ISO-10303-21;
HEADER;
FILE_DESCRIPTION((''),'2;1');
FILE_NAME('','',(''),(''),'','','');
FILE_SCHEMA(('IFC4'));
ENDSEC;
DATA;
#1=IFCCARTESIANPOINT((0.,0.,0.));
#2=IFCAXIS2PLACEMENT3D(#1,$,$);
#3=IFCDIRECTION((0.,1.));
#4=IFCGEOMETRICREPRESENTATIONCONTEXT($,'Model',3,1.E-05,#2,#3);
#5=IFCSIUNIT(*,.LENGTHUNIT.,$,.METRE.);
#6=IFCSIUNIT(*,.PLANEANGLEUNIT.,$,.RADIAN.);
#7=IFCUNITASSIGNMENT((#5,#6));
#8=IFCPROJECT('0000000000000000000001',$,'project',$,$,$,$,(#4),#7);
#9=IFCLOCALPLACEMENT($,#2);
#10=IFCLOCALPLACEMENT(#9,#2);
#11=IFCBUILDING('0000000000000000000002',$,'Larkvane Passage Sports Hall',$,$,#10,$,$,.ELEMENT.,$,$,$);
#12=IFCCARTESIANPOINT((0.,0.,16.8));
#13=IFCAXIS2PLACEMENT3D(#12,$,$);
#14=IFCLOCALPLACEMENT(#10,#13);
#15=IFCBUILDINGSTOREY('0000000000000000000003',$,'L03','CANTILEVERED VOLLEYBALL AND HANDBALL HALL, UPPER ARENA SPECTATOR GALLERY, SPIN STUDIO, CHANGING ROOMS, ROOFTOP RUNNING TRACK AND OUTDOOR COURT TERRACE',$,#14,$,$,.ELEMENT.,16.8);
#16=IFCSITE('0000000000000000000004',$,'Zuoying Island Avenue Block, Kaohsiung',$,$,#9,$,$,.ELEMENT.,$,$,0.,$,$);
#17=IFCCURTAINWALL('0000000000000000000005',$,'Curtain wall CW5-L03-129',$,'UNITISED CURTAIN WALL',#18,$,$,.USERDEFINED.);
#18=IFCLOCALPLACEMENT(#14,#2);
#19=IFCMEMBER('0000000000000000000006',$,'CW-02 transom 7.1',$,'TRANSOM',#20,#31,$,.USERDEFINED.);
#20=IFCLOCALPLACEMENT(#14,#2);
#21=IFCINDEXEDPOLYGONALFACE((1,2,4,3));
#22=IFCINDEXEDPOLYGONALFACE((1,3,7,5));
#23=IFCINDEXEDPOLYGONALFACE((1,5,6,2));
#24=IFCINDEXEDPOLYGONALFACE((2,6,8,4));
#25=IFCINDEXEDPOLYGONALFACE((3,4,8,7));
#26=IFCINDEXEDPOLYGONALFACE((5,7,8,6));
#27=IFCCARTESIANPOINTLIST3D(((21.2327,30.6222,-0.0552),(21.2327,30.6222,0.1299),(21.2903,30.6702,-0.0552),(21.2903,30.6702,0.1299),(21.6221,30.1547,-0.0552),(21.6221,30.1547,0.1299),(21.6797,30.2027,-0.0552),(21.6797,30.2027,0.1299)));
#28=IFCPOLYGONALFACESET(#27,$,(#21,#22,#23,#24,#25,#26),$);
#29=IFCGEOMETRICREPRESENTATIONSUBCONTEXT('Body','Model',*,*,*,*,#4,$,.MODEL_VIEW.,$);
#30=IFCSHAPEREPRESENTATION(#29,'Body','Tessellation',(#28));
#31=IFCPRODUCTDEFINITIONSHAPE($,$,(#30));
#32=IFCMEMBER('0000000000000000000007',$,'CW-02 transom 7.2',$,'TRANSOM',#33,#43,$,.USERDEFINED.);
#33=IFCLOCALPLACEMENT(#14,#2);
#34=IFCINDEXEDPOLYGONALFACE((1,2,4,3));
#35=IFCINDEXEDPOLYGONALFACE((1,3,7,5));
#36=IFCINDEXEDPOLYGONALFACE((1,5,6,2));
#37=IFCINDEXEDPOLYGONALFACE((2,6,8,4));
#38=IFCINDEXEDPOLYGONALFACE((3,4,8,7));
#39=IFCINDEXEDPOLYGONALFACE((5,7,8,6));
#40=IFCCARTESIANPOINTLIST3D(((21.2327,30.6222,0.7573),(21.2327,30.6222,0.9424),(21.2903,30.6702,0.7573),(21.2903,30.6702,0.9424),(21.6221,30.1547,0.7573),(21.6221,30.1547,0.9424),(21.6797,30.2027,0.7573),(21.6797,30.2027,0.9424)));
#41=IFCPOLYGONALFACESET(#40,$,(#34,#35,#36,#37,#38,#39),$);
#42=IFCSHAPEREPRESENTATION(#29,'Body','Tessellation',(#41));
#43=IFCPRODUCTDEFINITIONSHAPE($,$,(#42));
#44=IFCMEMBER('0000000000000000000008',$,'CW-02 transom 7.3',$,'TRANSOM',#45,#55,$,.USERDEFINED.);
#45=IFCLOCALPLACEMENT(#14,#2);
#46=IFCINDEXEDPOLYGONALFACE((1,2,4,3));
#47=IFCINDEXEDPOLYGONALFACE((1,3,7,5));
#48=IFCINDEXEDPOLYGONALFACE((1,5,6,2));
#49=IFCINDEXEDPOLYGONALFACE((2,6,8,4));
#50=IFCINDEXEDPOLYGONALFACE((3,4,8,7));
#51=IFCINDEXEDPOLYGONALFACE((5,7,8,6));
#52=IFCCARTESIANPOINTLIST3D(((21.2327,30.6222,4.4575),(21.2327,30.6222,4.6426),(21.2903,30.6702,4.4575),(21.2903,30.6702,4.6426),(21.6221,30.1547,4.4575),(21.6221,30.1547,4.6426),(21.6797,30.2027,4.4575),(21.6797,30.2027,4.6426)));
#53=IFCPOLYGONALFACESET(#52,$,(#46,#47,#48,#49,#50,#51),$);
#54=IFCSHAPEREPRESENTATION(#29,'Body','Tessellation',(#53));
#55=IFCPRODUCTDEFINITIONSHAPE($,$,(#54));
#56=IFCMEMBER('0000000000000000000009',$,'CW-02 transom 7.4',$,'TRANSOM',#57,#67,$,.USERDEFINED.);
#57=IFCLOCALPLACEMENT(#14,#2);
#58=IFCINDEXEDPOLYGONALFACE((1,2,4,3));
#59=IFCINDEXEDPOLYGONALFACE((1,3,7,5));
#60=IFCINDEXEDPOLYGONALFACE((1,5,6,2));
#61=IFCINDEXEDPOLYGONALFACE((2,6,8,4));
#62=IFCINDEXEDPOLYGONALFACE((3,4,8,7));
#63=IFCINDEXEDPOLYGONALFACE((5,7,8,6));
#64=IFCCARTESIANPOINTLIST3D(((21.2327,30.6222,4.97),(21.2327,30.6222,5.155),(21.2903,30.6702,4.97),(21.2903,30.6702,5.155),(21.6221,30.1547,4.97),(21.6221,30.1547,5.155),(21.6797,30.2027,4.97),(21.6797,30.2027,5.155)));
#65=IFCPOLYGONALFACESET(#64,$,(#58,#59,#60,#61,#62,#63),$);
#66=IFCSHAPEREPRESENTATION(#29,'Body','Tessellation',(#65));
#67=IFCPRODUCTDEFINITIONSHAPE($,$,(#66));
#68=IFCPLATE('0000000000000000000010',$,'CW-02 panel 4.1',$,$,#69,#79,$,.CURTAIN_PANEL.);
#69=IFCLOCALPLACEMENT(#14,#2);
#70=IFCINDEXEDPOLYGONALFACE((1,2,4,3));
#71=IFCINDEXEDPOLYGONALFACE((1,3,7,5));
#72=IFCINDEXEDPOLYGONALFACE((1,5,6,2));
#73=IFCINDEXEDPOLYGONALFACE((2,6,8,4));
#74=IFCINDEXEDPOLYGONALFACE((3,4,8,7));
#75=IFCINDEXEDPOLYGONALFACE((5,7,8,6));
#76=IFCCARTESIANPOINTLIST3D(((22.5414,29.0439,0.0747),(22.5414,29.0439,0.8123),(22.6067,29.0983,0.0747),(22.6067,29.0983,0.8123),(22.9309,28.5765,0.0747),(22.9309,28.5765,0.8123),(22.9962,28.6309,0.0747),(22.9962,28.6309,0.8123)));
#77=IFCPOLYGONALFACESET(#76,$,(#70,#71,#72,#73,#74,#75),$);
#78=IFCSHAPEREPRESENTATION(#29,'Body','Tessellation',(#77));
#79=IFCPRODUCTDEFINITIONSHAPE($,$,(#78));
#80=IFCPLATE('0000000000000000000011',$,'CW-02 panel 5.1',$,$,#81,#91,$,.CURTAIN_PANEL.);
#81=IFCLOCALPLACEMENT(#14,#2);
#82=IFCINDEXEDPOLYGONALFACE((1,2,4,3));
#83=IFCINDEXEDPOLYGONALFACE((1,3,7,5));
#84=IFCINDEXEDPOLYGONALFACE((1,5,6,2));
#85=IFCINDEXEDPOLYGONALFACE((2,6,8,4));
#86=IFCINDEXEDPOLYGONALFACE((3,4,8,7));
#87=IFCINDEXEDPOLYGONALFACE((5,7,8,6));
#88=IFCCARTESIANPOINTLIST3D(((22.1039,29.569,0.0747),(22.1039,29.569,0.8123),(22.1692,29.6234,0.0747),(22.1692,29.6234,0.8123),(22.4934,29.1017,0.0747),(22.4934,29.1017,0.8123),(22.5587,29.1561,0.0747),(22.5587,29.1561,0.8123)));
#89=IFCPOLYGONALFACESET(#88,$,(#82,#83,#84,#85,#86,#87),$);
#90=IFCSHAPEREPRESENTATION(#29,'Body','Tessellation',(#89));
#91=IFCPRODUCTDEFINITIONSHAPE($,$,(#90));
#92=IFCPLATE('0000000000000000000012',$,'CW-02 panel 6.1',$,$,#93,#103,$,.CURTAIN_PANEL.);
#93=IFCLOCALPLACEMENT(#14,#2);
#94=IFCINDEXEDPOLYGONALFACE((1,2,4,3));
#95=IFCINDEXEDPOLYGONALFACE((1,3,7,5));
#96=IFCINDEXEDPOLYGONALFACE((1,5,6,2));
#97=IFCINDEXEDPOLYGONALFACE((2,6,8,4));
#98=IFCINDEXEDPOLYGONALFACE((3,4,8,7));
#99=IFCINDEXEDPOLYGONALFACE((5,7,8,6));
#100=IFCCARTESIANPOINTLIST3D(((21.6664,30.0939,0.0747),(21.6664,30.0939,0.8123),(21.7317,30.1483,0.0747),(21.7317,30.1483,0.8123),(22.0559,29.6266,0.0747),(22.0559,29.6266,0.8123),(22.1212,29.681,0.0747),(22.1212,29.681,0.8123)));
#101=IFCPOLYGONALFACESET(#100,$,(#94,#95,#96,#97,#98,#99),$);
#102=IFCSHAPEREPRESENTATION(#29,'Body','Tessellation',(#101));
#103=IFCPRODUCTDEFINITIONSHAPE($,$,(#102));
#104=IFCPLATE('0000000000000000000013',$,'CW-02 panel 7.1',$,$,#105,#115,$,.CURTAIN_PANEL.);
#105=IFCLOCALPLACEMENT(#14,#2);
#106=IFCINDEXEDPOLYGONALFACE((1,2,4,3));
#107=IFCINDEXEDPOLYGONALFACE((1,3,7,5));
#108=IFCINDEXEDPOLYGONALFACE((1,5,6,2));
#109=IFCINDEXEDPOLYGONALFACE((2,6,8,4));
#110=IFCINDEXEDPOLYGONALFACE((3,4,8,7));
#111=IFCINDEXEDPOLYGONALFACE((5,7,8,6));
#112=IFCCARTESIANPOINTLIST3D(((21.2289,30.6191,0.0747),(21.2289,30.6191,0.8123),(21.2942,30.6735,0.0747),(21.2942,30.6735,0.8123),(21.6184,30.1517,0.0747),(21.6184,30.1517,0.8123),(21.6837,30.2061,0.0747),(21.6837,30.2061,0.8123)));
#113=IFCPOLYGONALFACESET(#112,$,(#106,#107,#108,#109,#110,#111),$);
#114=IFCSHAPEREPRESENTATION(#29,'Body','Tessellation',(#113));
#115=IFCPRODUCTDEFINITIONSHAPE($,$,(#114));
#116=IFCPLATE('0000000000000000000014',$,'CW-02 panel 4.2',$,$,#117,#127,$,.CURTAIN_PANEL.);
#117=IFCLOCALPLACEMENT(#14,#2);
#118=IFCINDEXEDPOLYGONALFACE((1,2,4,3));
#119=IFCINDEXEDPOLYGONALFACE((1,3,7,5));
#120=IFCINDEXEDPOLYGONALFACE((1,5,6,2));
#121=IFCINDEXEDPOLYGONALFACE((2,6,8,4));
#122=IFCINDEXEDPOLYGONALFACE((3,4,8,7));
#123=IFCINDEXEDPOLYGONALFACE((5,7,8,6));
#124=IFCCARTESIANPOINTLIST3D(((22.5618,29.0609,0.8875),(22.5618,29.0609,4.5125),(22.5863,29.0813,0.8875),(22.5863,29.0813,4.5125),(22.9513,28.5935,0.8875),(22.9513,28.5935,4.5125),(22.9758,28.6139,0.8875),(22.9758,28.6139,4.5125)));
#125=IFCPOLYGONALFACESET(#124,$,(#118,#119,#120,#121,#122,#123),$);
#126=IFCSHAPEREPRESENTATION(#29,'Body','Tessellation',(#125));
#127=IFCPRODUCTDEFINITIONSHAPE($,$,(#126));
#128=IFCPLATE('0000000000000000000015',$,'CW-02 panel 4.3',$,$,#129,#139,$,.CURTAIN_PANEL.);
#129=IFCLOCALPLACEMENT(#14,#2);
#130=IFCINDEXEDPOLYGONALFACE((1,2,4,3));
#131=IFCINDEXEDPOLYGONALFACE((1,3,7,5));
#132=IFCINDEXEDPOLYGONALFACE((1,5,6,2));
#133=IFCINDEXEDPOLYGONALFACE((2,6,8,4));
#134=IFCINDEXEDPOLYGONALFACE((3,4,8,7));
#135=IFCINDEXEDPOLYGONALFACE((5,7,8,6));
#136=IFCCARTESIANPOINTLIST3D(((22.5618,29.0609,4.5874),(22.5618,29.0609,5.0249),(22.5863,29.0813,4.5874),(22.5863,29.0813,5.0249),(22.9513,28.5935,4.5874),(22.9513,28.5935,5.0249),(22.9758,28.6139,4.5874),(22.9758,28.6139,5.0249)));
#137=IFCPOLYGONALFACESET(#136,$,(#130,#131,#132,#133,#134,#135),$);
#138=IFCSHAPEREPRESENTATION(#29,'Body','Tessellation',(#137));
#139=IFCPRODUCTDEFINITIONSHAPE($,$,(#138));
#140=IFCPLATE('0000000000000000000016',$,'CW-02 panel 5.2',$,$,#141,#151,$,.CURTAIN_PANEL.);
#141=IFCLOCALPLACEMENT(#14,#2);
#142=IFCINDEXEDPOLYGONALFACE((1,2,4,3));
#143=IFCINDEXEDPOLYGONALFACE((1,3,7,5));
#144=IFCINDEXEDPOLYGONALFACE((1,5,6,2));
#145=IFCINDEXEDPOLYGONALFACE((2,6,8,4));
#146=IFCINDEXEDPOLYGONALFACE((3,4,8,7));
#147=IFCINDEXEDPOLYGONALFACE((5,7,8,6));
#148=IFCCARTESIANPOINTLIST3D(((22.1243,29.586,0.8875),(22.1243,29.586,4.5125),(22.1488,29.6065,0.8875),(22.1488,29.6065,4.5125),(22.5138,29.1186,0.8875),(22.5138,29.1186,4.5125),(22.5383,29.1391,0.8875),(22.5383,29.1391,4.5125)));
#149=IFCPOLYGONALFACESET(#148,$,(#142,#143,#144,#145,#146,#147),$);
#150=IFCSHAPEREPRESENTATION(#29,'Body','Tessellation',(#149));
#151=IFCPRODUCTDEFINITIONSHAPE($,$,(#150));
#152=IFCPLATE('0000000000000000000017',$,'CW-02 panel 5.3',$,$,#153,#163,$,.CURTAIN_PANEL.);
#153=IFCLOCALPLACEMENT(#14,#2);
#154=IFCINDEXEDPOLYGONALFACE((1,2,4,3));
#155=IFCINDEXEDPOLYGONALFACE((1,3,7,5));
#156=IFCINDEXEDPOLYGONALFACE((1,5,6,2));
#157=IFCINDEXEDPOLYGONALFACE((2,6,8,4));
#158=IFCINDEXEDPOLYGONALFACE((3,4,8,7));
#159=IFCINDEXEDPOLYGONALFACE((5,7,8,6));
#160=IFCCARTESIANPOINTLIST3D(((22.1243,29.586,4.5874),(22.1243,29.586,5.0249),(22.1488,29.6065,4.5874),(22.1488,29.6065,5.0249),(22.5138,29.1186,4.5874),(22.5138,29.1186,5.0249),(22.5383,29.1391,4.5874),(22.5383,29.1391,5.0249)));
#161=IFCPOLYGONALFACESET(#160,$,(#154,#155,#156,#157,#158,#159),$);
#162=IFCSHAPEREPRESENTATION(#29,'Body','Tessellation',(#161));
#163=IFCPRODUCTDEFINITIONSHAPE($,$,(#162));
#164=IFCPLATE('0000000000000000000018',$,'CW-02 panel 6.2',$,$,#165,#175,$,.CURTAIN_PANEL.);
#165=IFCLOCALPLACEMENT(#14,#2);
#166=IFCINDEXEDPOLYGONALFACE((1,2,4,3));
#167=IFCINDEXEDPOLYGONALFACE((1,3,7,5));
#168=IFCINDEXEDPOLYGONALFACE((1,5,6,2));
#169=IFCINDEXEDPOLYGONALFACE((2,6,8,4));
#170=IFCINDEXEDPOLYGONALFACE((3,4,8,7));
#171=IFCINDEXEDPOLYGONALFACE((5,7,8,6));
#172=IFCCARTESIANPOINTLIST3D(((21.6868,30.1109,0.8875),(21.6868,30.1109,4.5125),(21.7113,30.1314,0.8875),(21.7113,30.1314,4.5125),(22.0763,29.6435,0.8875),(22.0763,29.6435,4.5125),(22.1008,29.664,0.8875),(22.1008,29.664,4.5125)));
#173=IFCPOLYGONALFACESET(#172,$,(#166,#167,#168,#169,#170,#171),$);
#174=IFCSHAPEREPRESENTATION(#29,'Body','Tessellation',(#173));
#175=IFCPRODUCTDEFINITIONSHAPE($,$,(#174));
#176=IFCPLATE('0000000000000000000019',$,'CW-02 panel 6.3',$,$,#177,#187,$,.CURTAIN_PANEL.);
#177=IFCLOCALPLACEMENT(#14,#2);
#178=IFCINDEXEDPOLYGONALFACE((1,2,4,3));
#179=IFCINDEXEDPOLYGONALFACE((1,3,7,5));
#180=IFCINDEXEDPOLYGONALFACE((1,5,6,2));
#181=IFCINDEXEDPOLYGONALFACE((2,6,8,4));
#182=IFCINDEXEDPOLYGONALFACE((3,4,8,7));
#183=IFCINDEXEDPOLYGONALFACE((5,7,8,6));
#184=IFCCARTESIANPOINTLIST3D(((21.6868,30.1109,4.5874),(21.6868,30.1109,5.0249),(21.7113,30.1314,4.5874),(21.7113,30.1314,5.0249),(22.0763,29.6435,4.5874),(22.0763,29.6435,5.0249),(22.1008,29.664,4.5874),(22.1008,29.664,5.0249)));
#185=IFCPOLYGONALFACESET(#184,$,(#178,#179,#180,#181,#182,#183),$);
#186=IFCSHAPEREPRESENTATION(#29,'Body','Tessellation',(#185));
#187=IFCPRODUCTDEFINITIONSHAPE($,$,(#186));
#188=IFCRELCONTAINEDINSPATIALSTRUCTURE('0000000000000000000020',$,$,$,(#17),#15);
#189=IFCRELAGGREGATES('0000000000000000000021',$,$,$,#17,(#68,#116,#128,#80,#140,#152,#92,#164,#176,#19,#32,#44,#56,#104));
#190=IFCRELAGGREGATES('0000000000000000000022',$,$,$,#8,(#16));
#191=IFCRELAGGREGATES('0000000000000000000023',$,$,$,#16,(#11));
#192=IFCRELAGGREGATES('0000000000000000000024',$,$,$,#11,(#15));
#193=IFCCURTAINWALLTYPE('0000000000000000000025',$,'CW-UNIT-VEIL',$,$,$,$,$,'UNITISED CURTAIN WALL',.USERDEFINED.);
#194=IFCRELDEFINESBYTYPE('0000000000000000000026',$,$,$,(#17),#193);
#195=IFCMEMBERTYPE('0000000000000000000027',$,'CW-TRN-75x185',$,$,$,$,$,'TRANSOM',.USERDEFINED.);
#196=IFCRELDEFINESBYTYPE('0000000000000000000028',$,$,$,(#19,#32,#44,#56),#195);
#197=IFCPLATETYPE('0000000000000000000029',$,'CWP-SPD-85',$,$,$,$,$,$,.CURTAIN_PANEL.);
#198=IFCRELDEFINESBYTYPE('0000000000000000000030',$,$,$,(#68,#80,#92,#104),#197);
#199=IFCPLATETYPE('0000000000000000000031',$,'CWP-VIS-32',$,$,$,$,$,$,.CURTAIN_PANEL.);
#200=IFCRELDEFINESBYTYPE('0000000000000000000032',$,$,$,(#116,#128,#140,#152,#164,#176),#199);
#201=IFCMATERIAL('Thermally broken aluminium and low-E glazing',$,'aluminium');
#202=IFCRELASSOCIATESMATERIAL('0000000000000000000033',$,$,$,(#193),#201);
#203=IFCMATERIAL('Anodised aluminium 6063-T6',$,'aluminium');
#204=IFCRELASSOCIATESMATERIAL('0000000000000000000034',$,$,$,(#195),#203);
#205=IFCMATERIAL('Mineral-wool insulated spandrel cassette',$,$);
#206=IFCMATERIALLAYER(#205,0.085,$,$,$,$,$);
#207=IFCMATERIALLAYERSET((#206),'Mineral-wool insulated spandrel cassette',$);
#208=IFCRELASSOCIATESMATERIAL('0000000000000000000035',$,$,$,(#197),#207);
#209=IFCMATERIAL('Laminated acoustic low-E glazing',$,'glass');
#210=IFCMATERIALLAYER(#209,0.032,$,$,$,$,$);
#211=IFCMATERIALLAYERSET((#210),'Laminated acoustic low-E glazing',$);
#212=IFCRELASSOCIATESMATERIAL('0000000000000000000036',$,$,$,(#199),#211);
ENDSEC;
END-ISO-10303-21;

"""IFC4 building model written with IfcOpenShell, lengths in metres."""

from ifc_helpers import new_model, si_unit, direction, frame, origin, origin_2d, place, context, subcontext, project, spatial, rectangle, extrude, material, layer, layer_set, material_profile, profile_set, type_object, element, aggregate, save


model = new_model("IFC4")

# Units and contexts
model_context = context("Model", 3, precision=1e-05, world=origin(), true_north=direction((0.0, 1.0)))
body_context = subcontext(model_context, "Body", "Model", "MODEL_VIEW")
ifc_project = project(units=[si_unit("LENGTHUNIT", "METRE"), si_unit("PLANEANGLEUNIT", "RADIAN")], contexts=[model_context])

# Site, building, storey
site_placement = place(None, origin())
site = spatial("IfcSite", under=ifc_project, at=site_placement, Name="Zuoying Island Avenue Block, Kaohsiung", CompositionType="ELEMENT", RefElevation=0.0)
building_placement = place(site_placement, origin())
building = spatial("IfcBuilding", under=site, at=building_placement, Name="Larkvane Passage Sports Hall", CompositionType="ELEMENT")
storey_placement = place(building_placement, frame((0.0, 0.0, 16.8)))
storey = spatial("IfcBuildingStorey", under=building, at=storey_placement, Name="L03", Description="CANTILEVERED VOLLEYBALL AND HANDBALL HALL, UPPER ARENA SPECTATOR GALLERY, SPIN STUDIO, CHANGING ROOMS, ROOFTOP RUNNING TRACK AND OUTDOOR COURT TERRACE", CompositionType="ELEMENT", Elevation=16.8)

# Curtain wall, members, plates
ifc_material_1 = material(Name="Thermally broken aluminium and low-E glazing", Category="aluminium")
curtain_wall_type = type_object("IfcCurtainWallType", Name="CW-UNIT-VEIL", ElementType="UNITISED CURTAIN WALL", PredefinedType="USERDEFINED", material=ifc_material_1)
curtain_wall_placement = place(storey_placement, origin())
curtain_wall = element("IfcCurtainWall", 1, at=curtain_wall_placement, inside=storey, type_object=curtain_wall_type, Name="Curtain wall CW5-L03-129", ObjectType="UNITISED CURTAIN WALL", PredefinedType="USERDEFINED")
ifc_material_2 = material(Name="Anodised aluminium 6063-T6", Category="aluminium")
ifc_material_profile_1 = material_profile(ifc_material_2, rectangle(XDim=0.075, YDim=0.1851, at=origin_2d()), Name="ALU-TRN-75x185")
ifc_profile_set_1 = profile_set([ifc_material_profile_1], Name="Anodised aluminium 6063-T6")
member_type_1 = type_object("IfcMemberType", Name="CW-TRN-75x185", ElementType="TRANSOM", PredefinedType="USERDEFINED", material=ifc_profile_set_1)
member_1_placement = place(storey_placement, frame((21.6509, 30.1787, 0.0374), z_axis=(-0.639987, 0.768386, 0.0), x_axis=(-0.768386, -0.639987, 0.0)))
member_1 = element("IfcMember", 2, at=member_1_placement, type_object=member_type_1, Name="CW-02 transom 7.1", ObjectType="TRANSOM", PredefinedType="USERDEFINED", context=body_context, shape_type="SweptSolid", body=[
    extrude(rectangle(XDim=0.075, YDim=0.1851, at=origin_2d()), origin(), (0.0, 0.0, 1.0), 0.6084),
])
member_2_placement = place(storey_placement, frame((21.6509, 30.1787, 0.8499), z_axis=(-0.639987, 0.768386, 0.0), x_axis=(-0.768386, -0.639987, 0.0)))
member_2 = element("IfcMember", 3, at=member_2_placement, type_object=member_type_1, Name="CW-02 transom 7.2", ObjectType="TRANSOM", PredefinedType="USERDEFINED", context=body_context, shape_type="SweptSolid", body=[
    extrude(rectangle(XDim=0.075, YDim=0.1851, at=origin_2d()), origin(), (0.0, 0.0, 1.0), 0.6084),
])
member_3_placement = place(storey_placement, frame((21.6509, 30.1787, 4.55), z_axis=(-0.639987, 0.768386, 0.0), x_axis=(-0.768386, -0.639987, 0.0)))
member_3 = element("IfcMember", 4, at=member_3_placement, type_object=member_type_1, Name="CW-02 transom 7.3", ObjectType="TRANSOM", PredefinedType="USERDEFINED", context=body_context, shape_type="SweptSolid", body=[
    extrude(rectangle(XDim=0.075, YDim=0.1851, at=origin_2d()), origin(), (0.0, 0.0, 1.0), 0.6084),
])
member_4_placement = place(storey_placement, frame((21.6509, 30.1787, 5.0625), z_axis=(-0.639987, 0.768386, 0.0), x_axis=(-0.768386, -0.639987, 0.0)))
member_4 = element("IfcMember", 5, at=member_4_placement, type_object=member_type_1, Name="CW-02 transom 7.4", ObjectType="TRANSOM", PredefinedType="USERDEFINED", context=body_context, shape_type="SweptSolid", body=[
    extrude(rectangle(XDim=0.075, YDim=0.1851, at=origin_2d()), origin(), (0.0, 0.0, 1.0), 0.6084),
])
ifc_material_3 = material(Name="Mineral-wool insulated spandrel cassette")
ifc_layer_1 = layer(ifc_material_3, 0.085)
ifc_layer_set_1 = layer_set([ifc_layer_1], Name="Mineral-wool insulated spandrel cassette")
plate_type_1 = type_object("IfcPlateType", Name="CWP-SPD-85", PredefinedType="CURTAIN_PANEL", material=ifc_layer_set_1)
plate_1_placement = place(storey_placement, frame((22.7688, 28.8374, 0.0747), z_axis=(0.0, 0.0, 1.0), x_axis=(-0.640184, 0.768221, 0.0)))
plate_1 = element("IfcPlate", 6, at=plate_1_placement, type_object=plate_type_1, Name="CW-02 panel 4.1", PredefinedType="CURTAIN_PANEL", context=body_context, shape_type="SweptSolid", body=[
    extrude(rectangle(XDim=0.6084, YDim=0.085, at=origin_2d()), origin(), (0.0, 0.0, 1.0), 0.7375),
])
plate_2_placement = place(storey_placement, frame((22.3313, 29.3625, 0.0747), z_axis=(0.0, 0.0, 1.0), x_axis=(-0.640184, 0.768221, 0.0)))
plate_2 = element("IfcPlate", 7, at=plate_2_placement, type_object=plate_type_1, Name="CW-02 panel 5.1", PredefinedType="CURTAIN_PANEL", context=body_context, shape_type="SweptSolid", body=[
    extrude(rectangle(XDim=0.6084, YDim=0.085, at=origin_2d()), origin(), (0.0, 0.0, 1.0), 0.7375),
])
plate_3_placement = place(storey_placement, frame((21.8938, 29.8875, 0.0747), z_axis=(0.0, 0.0, 1.0), x_axis=(-0.640184, 0.768221, 0.0)))
plate_3 = element("IfcPlate", 8, at=plate_3_placement, type_object=plate_type_1, Name="CW-02 panel 6.1", PredefinedType="CURTAIN_PANEL", context=body_context, shape_type="SweptSolid", body=[
    extrude(rectangle(XDim=0.6084, YDim=0.085, at=origin_2d()), origin(), (0.0, 0.0, 1.0), 0.7375),
])
plate_4_placement = place(storey_placement, frame((21.4563, 30.4126, 0.0747), z_axis=(0.0, 0.0, 1.0), x_axis=(-0.640184, 0.768221, 0.0)))
plate_4 = element("IfcPlate", 9, at=plate_4_placement, type_object=plate_type_1, Name="CW-02 panel 7.1", PredefinedType="CURTAIN_PANEL", context=body_context, shape_type="SweptSolid", body=[
    extrude(rectangle(XDim=0.6084, YDim=0.085, at=origin_2d()), origin(), (0.0, 0.0, 1.0), 0.7375),
])
ifc_material_4 = material(Name="Laminated acoustic low-E glazing", Category="glass")
ifc_layer_2 = layer(ifc_material_4, 0.032)
ifc_layer_set_2 = layer_set([ifc_layer_2], Name="Laminated acoustic low-E glazing")
plate_type_2 = type_object("IfcPlateType", Name="CWP-VIS-32", PredefinedType="CURTAIN_PANEL", material=ifc_layer_set_2)
plate_5_placement = place(storey_placement, frame((22.7688, 28.8374, 0.8875), z_axis=(0.0, 0.0, 1.0), x_axis=(-0.640184, 0.768221, 0.0)))
plate_5 = element("IfcPlate", 10, at=plate_5_placement, type_object=plate_type_2, Name="CW-02 panel 4.2", PredefinedType="CURTAIN_PANEL", context=body_context, shape_type="SweptSolid", body=[
    extrude(rectangle(XDim=0.6084, YDim=0.032, at=origin_2d()), origin(), (0.0, 0.0, 1.0), 3.625),
])
plate_6_placement = place(storey_placement, frame((22.7688, 28.8374, 4.5874), z_axis=(0.0, 0.0, 1.0), x_axis=(-0.640184, 0.768221, 0.0)))
plate_6 = element("IfcPlate", 11, at=plate_6_placement, type_object=plate_type_2, Name="CW-02 panel 4.3", PredefinedType="CURTAIN_PANEL", context=body_context, shape_type="SweptSolid", body=[
    extrude(rectangle(XDim=0.6084, YDim=0.032, at=origin_2d()), origin(), (0.0, 0.0, 1.0), 0.4375),
])
plate_7_placement = place(storey_placement, frame((22.3313, 29.3625, 0.8875), z_axis=(0.0, 0.0, 1.0), x_axis=(-0.640184, 0.768221, 0.0)))
plate_7 = element("IfcPlate", 12, at=plate_7_placement, type_object=plate_type_2, Name="CW-02 panel 5.2", PredefinedType="CURTAIN_PANEL", context=body_context, shape_type="SweptSolid", body=[
    extrude(rectangle(XDim=0.6084, YDim=0.032, at=origin_2d()), origin(), (0.0, 0.0, 1.0), 3.625),
])
plate_8_placement = place(storey_placement, frame((22.3313, 29.3625, 4.5874), z_axis=(0.0, 0.0, 1.0), x_axis=(-0.640184, 0.768221, 0.0)))
plate_8 = element("IfcPlate", 13, at=plate_8_placement, type_object=plate_type_2, Name="CW-02 panel 5.3", PredefinedType="CURTAIN_PANEL", context=body_context, shape_type="SweptSolid", body=[
    extrude(rectangle(XDim=0.6084, YDim=0.032, at=origin_2d()), origin(), (0.0, 0.0, 1.0), 0.4375),
])
plate_9_placement = place(storey_placement, frame((21.8938, 29.8875, 0.8875), z_axis=(0.0, 0.0, 1.0), x_axis=(-0.640184, 0.768221, 0.0)))
plate_9 = element("IfcPlate", 14, at=plate_9_placement, type_object=plate_type_2, Name="CW-02 panel 6.2", PredefinedType="CURTAIN_PANEL", context=body_context, shape_type="SweptSolid", body=[
    extrude(rectangle(XDim=0.6084, YDim=0.032, at=origin_2d()), origin(), (0.0, 0.0, 1.0), 3.625),
])
plate_10_placement = place(storey_placement, frame((21.8938, 29.8875, 4.5874), z_axis=(0.0, 0.0, 1.0), x_axis=(-0.640184, 0.768221, 0.0)))
plate_10 = element("IfcPlate", 15, at=plate_10_placement, type_object=plate_type_2, Name="CW-02 panel 6.3", PredefinedType="CURTAIN_PANEL", context=body_context, shape_type="SweptSolid", body=[
    extrude(rectangle(XDim=0.6084, YDim=0.032, at=origin_2d()), origin(), (0.0, 0.0, 1.0), 0.4375),
])
aggregate(curtain_wall, [plate_1, plate_5, plate_6, plate_2, plate_7, plate_8, plate_3, plate_9, plate_10, member_1, member_2, member_3, member_4, plate_4])

save(model, "model.ifc")
